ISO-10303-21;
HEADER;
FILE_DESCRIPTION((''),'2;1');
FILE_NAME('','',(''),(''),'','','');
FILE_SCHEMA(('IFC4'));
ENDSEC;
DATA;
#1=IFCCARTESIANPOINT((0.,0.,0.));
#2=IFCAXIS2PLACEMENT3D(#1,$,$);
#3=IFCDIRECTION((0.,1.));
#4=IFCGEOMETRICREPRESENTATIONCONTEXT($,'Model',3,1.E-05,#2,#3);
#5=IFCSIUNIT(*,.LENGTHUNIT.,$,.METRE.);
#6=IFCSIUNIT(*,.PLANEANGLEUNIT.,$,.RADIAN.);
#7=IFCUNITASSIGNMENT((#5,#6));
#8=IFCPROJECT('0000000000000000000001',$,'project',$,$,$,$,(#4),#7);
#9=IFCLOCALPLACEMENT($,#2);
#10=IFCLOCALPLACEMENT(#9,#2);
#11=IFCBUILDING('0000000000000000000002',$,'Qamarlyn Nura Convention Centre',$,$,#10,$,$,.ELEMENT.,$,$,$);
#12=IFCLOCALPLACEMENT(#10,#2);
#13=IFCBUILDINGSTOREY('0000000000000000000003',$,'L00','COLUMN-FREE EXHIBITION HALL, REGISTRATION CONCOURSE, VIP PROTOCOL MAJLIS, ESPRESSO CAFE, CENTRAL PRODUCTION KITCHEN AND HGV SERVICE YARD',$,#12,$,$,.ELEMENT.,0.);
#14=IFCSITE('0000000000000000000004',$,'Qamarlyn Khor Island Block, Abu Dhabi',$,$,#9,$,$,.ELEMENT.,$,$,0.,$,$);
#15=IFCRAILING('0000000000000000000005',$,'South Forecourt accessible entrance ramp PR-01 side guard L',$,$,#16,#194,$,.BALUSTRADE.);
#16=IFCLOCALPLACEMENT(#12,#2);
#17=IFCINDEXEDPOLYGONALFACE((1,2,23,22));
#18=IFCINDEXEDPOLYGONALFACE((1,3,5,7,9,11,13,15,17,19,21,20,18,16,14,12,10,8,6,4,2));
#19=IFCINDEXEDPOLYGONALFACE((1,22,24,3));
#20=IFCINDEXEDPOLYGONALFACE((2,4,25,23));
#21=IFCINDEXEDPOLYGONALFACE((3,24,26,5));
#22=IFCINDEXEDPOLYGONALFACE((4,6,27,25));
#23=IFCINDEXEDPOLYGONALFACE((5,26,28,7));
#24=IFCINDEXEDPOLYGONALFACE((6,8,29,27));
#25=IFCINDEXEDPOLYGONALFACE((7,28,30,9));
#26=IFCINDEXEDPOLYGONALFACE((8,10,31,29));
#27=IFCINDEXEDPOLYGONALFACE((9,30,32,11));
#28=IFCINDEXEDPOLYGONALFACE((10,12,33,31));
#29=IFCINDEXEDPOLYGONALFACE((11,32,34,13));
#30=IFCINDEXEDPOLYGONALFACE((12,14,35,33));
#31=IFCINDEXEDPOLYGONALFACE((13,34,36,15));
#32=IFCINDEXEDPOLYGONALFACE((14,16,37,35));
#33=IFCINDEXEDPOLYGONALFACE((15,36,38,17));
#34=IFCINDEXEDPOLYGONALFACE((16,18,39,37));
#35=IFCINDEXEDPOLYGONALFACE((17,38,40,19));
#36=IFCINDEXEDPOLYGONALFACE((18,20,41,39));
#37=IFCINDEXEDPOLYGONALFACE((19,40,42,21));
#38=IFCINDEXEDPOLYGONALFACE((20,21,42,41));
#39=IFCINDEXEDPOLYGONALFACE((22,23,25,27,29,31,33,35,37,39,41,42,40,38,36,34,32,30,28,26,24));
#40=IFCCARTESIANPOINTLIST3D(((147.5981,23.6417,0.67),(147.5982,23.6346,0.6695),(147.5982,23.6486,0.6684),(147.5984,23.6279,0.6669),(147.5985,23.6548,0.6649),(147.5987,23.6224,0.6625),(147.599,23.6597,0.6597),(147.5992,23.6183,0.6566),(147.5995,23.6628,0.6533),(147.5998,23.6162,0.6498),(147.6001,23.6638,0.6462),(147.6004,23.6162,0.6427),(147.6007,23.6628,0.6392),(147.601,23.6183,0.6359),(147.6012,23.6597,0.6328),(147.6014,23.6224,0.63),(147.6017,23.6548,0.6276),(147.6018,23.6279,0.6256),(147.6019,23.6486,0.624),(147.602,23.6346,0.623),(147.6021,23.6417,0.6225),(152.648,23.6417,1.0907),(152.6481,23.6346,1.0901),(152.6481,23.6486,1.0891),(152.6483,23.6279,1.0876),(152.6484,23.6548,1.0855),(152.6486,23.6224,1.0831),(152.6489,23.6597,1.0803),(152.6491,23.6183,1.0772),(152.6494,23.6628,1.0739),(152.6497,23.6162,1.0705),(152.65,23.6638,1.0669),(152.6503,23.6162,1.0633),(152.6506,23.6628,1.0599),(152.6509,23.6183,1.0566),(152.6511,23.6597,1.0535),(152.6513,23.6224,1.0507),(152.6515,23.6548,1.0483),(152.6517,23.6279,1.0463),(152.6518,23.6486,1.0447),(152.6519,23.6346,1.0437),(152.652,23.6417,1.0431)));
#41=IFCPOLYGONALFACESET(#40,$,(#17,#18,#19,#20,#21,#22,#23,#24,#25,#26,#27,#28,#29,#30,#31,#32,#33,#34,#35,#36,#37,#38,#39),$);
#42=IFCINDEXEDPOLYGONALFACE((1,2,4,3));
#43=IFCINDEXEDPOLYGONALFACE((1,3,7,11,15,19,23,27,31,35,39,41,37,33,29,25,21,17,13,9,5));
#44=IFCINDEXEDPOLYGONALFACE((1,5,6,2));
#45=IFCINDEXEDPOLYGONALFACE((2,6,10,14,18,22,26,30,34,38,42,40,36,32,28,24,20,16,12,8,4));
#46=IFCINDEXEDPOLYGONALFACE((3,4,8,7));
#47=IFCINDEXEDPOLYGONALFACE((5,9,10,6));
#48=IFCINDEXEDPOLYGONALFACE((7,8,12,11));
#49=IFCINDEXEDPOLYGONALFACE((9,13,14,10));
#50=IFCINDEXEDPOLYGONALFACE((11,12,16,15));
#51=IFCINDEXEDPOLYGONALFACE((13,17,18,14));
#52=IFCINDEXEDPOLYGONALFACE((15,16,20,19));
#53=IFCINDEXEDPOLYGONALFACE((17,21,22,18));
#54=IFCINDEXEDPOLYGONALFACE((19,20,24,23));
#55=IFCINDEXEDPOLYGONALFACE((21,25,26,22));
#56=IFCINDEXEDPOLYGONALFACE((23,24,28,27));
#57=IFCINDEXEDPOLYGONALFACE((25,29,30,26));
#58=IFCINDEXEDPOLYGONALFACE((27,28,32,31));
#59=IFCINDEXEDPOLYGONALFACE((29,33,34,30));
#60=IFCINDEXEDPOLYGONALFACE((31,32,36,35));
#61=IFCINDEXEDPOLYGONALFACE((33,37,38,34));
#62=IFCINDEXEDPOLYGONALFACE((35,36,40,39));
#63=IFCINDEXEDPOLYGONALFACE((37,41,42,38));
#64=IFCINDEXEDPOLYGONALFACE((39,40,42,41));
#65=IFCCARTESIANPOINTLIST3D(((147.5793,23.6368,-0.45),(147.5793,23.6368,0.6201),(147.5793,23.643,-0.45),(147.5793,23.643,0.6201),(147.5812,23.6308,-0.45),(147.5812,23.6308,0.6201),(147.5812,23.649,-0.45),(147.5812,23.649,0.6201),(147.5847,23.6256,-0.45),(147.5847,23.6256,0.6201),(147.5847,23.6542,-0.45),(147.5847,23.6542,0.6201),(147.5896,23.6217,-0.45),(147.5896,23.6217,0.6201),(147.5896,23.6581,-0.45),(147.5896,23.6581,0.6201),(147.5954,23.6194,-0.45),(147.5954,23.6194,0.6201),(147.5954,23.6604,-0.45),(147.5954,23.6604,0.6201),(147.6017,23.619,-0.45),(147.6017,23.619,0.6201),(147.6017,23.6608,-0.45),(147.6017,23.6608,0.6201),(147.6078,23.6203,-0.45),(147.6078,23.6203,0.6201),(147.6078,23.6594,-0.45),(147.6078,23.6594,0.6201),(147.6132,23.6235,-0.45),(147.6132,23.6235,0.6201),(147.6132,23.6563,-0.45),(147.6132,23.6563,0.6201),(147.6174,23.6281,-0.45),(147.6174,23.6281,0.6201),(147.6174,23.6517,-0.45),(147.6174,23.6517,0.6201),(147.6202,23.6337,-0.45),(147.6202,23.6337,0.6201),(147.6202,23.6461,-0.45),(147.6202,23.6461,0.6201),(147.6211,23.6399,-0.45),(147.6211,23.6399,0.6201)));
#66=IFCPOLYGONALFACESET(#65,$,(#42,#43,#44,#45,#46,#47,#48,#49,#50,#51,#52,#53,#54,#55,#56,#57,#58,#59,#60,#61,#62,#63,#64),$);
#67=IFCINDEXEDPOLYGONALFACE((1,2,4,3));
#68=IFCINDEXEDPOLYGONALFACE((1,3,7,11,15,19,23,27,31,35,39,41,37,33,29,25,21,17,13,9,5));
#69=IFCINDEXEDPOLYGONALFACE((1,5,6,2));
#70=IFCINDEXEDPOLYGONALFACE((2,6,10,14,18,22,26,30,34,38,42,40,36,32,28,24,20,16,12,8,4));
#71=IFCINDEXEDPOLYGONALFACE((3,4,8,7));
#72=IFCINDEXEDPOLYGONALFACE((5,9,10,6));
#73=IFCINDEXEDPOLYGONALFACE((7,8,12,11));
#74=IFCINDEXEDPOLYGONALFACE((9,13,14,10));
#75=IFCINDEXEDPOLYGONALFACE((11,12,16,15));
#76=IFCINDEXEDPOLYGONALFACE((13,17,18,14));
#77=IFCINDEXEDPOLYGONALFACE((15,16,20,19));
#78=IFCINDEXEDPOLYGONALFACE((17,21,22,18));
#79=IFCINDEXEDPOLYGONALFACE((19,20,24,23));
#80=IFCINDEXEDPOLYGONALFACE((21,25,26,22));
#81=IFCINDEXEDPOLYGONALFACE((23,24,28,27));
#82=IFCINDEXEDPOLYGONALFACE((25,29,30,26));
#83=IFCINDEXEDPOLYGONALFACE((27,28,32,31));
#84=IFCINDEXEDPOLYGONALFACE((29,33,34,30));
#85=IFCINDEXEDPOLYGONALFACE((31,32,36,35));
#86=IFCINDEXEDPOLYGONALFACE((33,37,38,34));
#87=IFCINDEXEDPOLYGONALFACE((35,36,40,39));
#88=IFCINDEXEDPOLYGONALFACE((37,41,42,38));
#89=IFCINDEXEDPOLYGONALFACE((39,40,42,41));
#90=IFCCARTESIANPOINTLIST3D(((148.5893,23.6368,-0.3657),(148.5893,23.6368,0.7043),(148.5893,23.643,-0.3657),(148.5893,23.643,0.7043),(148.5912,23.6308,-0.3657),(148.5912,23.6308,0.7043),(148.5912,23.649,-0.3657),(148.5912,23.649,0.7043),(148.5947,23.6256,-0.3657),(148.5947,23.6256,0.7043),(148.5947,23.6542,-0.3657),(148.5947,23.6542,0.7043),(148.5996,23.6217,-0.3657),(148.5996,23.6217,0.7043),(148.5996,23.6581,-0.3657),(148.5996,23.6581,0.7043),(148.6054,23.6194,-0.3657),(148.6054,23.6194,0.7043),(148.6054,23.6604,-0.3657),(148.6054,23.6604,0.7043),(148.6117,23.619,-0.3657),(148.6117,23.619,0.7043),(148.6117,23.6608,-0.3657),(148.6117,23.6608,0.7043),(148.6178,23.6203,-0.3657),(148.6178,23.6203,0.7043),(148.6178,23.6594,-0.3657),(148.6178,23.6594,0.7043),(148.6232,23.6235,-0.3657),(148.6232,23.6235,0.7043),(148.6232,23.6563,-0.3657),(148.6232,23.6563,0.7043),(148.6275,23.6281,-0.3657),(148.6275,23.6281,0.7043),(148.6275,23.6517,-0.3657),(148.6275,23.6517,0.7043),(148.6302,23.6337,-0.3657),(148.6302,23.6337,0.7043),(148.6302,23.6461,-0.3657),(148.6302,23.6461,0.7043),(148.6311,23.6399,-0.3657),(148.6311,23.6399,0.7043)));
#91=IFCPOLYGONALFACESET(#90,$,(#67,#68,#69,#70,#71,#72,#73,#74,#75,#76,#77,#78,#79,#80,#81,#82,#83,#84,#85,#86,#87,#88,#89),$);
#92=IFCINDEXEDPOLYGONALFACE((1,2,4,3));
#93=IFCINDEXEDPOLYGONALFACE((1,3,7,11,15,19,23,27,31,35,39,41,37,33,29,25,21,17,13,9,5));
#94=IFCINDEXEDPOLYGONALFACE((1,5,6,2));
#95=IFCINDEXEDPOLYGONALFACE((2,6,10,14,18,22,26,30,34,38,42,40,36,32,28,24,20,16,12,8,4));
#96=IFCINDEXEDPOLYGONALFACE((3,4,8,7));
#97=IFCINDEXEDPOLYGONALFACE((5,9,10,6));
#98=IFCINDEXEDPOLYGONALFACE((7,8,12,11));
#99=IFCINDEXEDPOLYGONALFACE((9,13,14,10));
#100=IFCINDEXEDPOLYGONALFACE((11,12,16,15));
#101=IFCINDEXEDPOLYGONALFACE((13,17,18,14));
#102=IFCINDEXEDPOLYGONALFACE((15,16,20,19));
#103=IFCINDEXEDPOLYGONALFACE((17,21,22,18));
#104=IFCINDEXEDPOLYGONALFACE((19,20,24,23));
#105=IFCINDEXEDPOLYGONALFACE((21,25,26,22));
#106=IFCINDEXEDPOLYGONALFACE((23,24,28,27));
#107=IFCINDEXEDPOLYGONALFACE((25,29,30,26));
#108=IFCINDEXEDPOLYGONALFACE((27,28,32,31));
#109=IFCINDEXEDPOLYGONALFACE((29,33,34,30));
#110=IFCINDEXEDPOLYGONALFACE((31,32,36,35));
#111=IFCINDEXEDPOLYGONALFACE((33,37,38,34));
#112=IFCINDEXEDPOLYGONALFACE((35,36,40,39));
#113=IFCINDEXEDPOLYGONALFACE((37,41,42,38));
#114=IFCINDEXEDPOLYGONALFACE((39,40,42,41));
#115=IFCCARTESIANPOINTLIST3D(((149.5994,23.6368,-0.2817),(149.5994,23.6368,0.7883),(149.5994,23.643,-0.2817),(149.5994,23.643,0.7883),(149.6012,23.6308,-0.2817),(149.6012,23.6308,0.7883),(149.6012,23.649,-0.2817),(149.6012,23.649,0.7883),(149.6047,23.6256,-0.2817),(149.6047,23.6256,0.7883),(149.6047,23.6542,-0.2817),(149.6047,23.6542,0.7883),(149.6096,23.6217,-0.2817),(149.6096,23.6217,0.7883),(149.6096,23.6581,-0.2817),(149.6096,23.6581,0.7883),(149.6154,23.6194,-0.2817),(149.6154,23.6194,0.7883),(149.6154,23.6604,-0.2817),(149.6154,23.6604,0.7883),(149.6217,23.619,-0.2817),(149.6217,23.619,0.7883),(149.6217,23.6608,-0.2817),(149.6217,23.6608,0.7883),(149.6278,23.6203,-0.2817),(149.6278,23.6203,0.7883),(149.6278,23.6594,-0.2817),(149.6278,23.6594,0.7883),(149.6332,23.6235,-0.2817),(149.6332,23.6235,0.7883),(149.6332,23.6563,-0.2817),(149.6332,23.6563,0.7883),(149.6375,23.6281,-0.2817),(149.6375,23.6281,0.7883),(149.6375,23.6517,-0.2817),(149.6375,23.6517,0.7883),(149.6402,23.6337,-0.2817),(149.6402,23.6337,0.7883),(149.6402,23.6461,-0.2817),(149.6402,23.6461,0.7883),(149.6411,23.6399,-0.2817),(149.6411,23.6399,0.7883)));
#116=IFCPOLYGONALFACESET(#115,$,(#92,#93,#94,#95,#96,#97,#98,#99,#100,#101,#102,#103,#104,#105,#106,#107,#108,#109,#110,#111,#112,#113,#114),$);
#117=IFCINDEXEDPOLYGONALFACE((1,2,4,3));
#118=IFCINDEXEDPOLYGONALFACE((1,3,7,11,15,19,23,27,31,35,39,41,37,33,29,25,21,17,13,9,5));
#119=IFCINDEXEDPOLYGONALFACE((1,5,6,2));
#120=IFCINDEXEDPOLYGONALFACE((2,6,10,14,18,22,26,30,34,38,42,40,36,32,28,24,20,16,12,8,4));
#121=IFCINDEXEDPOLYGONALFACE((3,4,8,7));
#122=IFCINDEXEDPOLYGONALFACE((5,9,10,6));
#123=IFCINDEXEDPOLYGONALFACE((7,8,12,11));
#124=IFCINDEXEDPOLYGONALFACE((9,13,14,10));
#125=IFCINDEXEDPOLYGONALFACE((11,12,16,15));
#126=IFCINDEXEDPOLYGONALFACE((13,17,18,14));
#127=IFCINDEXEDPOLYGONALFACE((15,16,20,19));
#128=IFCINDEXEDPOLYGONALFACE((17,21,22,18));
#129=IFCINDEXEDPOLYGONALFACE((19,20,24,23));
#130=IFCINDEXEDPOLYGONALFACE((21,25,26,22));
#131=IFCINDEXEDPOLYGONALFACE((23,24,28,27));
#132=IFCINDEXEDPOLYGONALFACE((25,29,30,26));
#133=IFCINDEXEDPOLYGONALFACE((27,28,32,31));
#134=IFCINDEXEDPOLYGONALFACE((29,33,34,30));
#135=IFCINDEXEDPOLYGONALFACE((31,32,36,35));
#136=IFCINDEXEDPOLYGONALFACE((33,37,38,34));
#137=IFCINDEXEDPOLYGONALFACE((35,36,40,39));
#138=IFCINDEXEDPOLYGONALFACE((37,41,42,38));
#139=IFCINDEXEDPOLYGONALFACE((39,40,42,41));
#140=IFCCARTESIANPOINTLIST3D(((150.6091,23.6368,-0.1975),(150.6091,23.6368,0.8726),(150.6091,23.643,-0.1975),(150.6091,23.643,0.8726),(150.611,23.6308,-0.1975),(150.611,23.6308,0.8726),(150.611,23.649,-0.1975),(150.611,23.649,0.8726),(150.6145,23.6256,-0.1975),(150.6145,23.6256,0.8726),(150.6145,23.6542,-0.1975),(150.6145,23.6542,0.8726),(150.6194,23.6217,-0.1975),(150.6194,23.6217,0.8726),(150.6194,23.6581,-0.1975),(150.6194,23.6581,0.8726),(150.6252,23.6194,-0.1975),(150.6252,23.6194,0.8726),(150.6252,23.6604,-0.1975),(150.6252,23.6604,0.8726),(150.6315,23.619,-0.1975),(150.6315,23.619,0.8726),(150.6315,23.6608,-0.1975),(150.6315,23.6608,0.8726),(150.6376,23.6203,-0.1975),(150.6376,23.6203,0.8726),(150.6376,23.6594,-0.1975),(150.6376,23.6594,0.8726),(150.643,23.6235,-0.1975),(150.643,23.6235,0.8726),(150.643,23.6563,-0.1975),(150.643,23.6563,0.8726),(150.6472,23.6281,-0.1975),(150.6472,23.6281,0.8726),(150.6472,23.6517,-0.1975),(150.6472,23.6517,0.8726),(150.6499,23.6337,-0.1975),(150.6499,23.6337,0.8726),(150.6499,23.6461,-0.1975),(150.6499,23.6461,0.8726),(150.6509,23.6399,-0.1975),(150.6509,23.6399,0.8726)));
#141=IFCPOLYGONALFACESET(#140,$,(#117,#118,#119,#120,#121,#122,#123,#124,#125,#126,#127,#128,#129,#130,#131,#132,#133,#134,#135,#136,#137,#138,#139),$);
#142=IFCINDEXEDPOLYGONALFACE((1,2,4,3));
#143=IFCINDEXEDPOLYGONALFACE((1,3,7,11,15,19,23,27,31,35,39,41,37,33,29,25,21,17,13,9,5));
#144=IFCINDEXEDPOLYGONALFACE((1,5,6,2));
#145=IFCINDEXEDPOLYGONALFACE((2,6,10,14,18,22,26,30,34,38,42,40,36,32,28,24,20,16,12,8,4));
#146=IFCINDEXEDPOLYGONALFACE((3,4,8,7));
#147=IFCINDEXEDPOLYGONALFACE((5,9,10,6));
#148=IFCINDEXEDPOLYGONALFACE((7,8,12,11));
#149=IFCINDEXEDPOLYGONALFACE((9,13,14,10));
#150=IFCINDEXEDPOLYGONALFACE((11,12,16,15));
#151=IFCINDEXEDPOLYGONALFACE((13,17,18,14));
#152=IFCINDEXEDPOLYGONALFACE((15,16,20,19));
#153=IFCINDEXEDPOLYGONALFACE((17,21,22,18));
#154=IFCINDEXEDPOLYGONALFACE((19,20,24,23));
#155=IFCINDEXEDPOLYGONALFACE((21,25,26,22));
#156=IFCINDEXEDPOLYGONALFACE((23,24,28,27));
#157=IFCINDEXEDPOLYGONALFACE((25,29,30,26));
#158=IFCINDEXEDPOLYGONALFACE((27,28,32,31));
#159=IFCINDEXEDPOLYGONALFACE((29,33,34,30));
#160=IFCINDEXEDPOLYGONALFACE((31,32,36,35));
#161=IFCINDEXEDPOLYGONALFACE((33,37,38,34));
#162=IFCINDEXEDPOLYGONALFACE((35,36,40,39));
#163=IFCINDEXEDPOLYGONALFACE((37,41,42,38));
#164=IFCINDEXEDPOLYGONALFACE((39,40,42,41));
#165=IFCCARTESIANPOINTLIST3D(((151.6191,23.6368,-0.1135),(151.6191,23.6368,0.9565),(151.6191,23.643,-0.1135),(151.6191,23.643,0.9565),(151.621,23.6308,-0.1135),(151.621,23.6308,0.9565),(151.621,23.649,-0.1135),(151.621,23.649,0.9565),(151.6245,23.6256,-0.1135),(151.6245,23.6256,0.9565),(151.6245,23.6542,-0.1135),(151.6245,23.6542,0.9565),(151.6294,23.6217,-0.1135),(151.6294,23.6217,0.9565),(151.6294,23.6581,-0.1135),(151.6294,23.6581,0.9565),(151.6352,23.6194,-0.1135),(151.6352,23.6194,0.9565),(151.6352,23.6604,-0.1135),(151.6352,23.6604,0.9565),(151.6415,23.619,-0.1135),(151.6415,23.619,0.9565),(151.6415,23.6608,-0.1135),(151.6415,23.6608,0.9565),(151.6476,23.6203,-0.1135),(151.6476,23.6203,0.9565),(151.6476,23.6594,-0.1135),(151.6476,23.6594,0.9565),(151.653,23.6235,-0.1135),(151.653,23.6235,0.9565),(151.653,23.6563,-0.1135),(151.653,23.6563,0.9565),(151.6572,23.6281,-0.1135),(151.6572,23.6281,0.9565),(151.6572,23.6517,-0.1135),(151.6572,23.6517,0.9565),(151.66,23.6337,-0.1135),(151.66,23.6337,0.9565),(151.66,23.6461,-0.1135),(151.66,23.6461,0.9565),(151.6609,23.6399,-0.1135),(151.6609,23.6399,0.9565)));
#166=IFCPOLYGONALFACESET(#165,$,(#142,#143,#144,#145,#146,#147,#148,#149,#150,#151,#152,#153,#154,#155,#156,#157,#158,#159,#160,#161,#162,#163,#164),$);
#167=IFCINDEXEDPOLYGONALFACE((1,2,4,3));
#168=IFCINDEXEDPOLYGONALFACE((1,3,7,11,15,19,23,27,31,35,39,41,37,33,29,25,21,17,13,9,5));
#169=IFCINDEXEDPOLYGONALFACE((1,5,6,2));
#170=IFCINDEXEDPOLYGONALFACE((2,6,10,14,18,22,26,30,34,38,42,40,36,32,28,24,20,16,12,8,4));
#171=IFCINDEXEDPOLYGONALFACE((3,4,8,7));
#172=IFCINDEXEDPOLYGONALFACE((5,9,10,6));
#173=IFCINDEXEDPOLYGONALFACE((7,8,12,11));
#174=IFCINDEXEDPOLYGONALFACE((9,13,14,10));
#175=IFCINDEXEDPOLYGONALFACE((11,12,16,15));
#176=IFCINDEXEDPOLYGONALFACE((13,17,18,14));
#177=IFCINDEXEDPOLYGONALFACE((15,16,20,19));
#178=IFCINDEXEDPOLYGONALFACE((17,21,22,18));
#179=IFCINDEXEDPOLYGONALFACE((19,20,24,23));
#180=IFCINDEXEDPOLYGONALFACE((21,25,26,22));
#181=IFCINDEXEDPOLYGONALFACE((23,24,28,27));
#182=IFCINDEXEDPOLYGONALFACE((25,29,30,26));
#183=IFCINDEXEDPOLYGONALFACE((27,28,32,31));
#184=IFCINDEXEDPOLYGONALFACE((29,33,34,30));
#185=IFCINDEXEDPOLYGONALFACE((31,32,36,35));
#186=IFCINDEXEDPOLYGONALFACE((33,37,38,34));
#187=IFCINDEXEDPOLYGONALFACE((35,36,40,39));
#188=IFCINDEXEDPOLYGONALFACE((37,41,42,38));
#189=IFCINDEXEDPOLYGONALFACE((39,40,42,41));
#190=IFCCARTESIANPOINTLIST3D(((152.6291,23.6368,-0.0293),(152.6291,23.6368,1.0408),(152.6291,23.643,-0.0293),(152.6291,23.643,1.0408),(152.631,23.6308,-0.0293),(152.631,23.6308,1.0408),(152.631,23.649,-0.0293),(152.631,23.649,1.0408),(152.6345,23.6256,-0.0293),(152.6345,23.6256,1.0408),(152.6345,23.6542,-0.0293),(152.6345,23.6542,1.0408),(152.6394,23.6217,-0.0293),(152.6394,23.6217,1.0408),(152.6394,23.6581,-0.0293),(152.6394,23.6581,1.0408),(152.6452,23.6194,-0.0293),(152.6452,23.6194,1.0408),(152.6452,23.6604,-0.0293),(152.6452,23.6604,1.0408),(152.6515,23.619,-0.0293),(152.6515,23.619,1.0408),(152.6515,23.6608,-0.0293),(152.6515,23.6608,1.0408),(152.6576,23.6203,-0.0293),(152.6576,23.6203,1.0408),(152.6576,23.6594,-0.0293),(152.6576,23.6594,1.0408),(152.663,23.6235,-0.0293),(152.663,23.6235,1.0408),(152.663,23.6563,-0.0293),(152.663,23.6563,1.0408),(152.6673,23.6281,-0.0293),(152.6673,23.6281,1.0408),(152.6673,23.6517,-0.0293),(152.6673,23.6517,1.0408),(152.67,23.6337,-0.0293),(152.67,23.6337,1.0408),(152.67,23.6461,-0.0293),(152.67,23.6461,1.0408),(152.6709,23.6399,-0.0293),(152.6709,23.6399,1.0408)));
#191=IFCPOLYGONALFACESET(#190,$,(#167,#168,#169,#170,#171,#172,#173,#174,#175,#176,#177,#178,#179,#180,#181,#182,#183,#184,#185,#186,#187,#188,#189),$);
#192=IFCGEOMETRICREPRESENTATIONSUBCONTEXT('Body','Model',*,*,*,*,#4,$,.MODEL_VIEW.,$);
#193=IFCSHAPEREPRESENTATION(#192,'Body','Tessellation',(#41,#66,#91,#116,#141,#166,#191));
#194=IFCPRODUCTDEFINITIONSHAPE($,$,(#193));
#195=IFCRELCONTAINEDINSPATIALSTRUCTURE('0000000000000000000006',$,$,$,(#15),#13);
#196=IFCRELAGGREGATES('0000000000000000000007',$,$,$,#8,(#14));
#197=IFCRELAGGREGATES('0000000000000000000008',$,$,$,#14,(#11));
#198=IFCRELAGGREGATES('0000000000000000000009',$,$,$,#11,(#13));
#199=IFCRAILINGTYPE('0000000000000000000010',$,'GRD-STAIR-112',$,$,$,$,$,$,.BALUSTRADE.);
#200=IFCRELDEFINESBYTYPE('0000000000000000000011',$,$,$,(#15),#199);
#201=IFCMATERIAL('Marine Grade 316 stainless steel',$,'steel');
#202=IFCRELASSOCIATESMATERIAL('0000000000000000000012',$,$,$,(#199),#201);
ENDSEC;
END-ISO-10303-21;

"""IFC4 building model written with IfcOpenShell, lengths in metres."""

from ifc_helpers import new_model, si_unit, direction, frame, origin, origin_2d, place, context, subcontext, project, spatial, circle, extrude, material, type_object, element, save


model = new_model("IFC4")

# Units and contexts
model_context = context("Model", 3, precision=1e-05, world=origin(), true_north=direction((0.0, 1.0)))
body_context = subcontext(model_context, "Body", "Model", "MODEL_VIEW")
ifc_project = project(units=[si_unit("LENGTHUNIT", "METRE"), si_unit("PLANEANGLEUNIT", "RADIAN")], contexts=[model_context])

# Site, building, storey
site_placement = place(None, origin())
site = spatial("IfcSite", under=ifc_project, at=site_placement, Name="Qamarlyn Khor Island Block, Abu Dhabi", CompositionType="ELEMENT", RefElevation=0.0)
building_placement = place(site_placement, origin())
building = spatial("IfcBuilding", under=site, at=building_placement, Name="Qamarlyn Nura Convention Centre", CompositionType="ELEMENT")
storey_placement = place(building_placement, origin())
storey = spatial("IfcBuildingStorey", under=building, at=storey_placement, Name="L00", Description="COLUMN-FREE EXHIBITION HALL, REGISTRATION CONCOURSE, VIP PROTOCOL MAJLIS, ESPRESSO CAFE, CENTRAL PRODUCTION KITCHEN AND HGV SERVICE YARD", CompositionType="ELEMENT", Elevation=0.0)

# Railing
ifc_material_1 = material(Name="Marine Grade 316 stainless steel", Category="steel")
railing_type = type_object("IfcRailingType", Name="GRD-STAIR-112", PredefinedType="BALUSTRADE", material=ifc_material_1)
for number, where, name in (
    (1, (147.6001, 23.6399, -0.45), "South Forecourt accessible entrance ramp PR-01 side guard L"),
):
    element("IfcRailing", number, at=place(storey_placement, frame(where)), inside=storey, type_object=railing_type, Name=name, PredefinedType="BALUSTRADE", context=body_context, shape_type="SweptSolid", body=[
        extrude(circle(Radius=0.0239, at=origin_2d()), frame((0.0, 0.0, 1.0962), z_axis=(0.996548, 0.0, 0.083014), x_axis=(0.0, 1.0, 0.0)), (0.0, 0.0, 1.0), 5.0674),
        extrude(circle(Radius=0.021, at=origin_2d()), origin(), (0.0, 0.0, 1.0), 1.0701),
        extrude(circle(Radius=0.021, at=origin_2d()), frame((1.01, 0.0, 0.0842)), (0.0, 0.0, 1.0), 1.0701),
        extrude(circle(Radius=0.021, at=origin_2d()), frame((2.02, 0.0, 0.1682)), (0.0, 0.0, 1.0), 1.0701),
        extrude(circle(Radius=0.021, at=origin_2d()), frame((3.0298, 0.0, 0.2524)), (0.0, 0.0, 1.0), 1.0701),
        extrude(circle(Radius=0.021, at=origin_2d()), frame((4.0398, 0.0, 0.3364)), (0.0, 0.0, 1.0), 1.0701),
        extrude(circle(Radius=0.021, at=origin_2d()), frame((5.0498, 0.0, 0.4207)), (0.0, 0.0, 1.0), 1.0701),
    ])

save(model, "model.ifc")
